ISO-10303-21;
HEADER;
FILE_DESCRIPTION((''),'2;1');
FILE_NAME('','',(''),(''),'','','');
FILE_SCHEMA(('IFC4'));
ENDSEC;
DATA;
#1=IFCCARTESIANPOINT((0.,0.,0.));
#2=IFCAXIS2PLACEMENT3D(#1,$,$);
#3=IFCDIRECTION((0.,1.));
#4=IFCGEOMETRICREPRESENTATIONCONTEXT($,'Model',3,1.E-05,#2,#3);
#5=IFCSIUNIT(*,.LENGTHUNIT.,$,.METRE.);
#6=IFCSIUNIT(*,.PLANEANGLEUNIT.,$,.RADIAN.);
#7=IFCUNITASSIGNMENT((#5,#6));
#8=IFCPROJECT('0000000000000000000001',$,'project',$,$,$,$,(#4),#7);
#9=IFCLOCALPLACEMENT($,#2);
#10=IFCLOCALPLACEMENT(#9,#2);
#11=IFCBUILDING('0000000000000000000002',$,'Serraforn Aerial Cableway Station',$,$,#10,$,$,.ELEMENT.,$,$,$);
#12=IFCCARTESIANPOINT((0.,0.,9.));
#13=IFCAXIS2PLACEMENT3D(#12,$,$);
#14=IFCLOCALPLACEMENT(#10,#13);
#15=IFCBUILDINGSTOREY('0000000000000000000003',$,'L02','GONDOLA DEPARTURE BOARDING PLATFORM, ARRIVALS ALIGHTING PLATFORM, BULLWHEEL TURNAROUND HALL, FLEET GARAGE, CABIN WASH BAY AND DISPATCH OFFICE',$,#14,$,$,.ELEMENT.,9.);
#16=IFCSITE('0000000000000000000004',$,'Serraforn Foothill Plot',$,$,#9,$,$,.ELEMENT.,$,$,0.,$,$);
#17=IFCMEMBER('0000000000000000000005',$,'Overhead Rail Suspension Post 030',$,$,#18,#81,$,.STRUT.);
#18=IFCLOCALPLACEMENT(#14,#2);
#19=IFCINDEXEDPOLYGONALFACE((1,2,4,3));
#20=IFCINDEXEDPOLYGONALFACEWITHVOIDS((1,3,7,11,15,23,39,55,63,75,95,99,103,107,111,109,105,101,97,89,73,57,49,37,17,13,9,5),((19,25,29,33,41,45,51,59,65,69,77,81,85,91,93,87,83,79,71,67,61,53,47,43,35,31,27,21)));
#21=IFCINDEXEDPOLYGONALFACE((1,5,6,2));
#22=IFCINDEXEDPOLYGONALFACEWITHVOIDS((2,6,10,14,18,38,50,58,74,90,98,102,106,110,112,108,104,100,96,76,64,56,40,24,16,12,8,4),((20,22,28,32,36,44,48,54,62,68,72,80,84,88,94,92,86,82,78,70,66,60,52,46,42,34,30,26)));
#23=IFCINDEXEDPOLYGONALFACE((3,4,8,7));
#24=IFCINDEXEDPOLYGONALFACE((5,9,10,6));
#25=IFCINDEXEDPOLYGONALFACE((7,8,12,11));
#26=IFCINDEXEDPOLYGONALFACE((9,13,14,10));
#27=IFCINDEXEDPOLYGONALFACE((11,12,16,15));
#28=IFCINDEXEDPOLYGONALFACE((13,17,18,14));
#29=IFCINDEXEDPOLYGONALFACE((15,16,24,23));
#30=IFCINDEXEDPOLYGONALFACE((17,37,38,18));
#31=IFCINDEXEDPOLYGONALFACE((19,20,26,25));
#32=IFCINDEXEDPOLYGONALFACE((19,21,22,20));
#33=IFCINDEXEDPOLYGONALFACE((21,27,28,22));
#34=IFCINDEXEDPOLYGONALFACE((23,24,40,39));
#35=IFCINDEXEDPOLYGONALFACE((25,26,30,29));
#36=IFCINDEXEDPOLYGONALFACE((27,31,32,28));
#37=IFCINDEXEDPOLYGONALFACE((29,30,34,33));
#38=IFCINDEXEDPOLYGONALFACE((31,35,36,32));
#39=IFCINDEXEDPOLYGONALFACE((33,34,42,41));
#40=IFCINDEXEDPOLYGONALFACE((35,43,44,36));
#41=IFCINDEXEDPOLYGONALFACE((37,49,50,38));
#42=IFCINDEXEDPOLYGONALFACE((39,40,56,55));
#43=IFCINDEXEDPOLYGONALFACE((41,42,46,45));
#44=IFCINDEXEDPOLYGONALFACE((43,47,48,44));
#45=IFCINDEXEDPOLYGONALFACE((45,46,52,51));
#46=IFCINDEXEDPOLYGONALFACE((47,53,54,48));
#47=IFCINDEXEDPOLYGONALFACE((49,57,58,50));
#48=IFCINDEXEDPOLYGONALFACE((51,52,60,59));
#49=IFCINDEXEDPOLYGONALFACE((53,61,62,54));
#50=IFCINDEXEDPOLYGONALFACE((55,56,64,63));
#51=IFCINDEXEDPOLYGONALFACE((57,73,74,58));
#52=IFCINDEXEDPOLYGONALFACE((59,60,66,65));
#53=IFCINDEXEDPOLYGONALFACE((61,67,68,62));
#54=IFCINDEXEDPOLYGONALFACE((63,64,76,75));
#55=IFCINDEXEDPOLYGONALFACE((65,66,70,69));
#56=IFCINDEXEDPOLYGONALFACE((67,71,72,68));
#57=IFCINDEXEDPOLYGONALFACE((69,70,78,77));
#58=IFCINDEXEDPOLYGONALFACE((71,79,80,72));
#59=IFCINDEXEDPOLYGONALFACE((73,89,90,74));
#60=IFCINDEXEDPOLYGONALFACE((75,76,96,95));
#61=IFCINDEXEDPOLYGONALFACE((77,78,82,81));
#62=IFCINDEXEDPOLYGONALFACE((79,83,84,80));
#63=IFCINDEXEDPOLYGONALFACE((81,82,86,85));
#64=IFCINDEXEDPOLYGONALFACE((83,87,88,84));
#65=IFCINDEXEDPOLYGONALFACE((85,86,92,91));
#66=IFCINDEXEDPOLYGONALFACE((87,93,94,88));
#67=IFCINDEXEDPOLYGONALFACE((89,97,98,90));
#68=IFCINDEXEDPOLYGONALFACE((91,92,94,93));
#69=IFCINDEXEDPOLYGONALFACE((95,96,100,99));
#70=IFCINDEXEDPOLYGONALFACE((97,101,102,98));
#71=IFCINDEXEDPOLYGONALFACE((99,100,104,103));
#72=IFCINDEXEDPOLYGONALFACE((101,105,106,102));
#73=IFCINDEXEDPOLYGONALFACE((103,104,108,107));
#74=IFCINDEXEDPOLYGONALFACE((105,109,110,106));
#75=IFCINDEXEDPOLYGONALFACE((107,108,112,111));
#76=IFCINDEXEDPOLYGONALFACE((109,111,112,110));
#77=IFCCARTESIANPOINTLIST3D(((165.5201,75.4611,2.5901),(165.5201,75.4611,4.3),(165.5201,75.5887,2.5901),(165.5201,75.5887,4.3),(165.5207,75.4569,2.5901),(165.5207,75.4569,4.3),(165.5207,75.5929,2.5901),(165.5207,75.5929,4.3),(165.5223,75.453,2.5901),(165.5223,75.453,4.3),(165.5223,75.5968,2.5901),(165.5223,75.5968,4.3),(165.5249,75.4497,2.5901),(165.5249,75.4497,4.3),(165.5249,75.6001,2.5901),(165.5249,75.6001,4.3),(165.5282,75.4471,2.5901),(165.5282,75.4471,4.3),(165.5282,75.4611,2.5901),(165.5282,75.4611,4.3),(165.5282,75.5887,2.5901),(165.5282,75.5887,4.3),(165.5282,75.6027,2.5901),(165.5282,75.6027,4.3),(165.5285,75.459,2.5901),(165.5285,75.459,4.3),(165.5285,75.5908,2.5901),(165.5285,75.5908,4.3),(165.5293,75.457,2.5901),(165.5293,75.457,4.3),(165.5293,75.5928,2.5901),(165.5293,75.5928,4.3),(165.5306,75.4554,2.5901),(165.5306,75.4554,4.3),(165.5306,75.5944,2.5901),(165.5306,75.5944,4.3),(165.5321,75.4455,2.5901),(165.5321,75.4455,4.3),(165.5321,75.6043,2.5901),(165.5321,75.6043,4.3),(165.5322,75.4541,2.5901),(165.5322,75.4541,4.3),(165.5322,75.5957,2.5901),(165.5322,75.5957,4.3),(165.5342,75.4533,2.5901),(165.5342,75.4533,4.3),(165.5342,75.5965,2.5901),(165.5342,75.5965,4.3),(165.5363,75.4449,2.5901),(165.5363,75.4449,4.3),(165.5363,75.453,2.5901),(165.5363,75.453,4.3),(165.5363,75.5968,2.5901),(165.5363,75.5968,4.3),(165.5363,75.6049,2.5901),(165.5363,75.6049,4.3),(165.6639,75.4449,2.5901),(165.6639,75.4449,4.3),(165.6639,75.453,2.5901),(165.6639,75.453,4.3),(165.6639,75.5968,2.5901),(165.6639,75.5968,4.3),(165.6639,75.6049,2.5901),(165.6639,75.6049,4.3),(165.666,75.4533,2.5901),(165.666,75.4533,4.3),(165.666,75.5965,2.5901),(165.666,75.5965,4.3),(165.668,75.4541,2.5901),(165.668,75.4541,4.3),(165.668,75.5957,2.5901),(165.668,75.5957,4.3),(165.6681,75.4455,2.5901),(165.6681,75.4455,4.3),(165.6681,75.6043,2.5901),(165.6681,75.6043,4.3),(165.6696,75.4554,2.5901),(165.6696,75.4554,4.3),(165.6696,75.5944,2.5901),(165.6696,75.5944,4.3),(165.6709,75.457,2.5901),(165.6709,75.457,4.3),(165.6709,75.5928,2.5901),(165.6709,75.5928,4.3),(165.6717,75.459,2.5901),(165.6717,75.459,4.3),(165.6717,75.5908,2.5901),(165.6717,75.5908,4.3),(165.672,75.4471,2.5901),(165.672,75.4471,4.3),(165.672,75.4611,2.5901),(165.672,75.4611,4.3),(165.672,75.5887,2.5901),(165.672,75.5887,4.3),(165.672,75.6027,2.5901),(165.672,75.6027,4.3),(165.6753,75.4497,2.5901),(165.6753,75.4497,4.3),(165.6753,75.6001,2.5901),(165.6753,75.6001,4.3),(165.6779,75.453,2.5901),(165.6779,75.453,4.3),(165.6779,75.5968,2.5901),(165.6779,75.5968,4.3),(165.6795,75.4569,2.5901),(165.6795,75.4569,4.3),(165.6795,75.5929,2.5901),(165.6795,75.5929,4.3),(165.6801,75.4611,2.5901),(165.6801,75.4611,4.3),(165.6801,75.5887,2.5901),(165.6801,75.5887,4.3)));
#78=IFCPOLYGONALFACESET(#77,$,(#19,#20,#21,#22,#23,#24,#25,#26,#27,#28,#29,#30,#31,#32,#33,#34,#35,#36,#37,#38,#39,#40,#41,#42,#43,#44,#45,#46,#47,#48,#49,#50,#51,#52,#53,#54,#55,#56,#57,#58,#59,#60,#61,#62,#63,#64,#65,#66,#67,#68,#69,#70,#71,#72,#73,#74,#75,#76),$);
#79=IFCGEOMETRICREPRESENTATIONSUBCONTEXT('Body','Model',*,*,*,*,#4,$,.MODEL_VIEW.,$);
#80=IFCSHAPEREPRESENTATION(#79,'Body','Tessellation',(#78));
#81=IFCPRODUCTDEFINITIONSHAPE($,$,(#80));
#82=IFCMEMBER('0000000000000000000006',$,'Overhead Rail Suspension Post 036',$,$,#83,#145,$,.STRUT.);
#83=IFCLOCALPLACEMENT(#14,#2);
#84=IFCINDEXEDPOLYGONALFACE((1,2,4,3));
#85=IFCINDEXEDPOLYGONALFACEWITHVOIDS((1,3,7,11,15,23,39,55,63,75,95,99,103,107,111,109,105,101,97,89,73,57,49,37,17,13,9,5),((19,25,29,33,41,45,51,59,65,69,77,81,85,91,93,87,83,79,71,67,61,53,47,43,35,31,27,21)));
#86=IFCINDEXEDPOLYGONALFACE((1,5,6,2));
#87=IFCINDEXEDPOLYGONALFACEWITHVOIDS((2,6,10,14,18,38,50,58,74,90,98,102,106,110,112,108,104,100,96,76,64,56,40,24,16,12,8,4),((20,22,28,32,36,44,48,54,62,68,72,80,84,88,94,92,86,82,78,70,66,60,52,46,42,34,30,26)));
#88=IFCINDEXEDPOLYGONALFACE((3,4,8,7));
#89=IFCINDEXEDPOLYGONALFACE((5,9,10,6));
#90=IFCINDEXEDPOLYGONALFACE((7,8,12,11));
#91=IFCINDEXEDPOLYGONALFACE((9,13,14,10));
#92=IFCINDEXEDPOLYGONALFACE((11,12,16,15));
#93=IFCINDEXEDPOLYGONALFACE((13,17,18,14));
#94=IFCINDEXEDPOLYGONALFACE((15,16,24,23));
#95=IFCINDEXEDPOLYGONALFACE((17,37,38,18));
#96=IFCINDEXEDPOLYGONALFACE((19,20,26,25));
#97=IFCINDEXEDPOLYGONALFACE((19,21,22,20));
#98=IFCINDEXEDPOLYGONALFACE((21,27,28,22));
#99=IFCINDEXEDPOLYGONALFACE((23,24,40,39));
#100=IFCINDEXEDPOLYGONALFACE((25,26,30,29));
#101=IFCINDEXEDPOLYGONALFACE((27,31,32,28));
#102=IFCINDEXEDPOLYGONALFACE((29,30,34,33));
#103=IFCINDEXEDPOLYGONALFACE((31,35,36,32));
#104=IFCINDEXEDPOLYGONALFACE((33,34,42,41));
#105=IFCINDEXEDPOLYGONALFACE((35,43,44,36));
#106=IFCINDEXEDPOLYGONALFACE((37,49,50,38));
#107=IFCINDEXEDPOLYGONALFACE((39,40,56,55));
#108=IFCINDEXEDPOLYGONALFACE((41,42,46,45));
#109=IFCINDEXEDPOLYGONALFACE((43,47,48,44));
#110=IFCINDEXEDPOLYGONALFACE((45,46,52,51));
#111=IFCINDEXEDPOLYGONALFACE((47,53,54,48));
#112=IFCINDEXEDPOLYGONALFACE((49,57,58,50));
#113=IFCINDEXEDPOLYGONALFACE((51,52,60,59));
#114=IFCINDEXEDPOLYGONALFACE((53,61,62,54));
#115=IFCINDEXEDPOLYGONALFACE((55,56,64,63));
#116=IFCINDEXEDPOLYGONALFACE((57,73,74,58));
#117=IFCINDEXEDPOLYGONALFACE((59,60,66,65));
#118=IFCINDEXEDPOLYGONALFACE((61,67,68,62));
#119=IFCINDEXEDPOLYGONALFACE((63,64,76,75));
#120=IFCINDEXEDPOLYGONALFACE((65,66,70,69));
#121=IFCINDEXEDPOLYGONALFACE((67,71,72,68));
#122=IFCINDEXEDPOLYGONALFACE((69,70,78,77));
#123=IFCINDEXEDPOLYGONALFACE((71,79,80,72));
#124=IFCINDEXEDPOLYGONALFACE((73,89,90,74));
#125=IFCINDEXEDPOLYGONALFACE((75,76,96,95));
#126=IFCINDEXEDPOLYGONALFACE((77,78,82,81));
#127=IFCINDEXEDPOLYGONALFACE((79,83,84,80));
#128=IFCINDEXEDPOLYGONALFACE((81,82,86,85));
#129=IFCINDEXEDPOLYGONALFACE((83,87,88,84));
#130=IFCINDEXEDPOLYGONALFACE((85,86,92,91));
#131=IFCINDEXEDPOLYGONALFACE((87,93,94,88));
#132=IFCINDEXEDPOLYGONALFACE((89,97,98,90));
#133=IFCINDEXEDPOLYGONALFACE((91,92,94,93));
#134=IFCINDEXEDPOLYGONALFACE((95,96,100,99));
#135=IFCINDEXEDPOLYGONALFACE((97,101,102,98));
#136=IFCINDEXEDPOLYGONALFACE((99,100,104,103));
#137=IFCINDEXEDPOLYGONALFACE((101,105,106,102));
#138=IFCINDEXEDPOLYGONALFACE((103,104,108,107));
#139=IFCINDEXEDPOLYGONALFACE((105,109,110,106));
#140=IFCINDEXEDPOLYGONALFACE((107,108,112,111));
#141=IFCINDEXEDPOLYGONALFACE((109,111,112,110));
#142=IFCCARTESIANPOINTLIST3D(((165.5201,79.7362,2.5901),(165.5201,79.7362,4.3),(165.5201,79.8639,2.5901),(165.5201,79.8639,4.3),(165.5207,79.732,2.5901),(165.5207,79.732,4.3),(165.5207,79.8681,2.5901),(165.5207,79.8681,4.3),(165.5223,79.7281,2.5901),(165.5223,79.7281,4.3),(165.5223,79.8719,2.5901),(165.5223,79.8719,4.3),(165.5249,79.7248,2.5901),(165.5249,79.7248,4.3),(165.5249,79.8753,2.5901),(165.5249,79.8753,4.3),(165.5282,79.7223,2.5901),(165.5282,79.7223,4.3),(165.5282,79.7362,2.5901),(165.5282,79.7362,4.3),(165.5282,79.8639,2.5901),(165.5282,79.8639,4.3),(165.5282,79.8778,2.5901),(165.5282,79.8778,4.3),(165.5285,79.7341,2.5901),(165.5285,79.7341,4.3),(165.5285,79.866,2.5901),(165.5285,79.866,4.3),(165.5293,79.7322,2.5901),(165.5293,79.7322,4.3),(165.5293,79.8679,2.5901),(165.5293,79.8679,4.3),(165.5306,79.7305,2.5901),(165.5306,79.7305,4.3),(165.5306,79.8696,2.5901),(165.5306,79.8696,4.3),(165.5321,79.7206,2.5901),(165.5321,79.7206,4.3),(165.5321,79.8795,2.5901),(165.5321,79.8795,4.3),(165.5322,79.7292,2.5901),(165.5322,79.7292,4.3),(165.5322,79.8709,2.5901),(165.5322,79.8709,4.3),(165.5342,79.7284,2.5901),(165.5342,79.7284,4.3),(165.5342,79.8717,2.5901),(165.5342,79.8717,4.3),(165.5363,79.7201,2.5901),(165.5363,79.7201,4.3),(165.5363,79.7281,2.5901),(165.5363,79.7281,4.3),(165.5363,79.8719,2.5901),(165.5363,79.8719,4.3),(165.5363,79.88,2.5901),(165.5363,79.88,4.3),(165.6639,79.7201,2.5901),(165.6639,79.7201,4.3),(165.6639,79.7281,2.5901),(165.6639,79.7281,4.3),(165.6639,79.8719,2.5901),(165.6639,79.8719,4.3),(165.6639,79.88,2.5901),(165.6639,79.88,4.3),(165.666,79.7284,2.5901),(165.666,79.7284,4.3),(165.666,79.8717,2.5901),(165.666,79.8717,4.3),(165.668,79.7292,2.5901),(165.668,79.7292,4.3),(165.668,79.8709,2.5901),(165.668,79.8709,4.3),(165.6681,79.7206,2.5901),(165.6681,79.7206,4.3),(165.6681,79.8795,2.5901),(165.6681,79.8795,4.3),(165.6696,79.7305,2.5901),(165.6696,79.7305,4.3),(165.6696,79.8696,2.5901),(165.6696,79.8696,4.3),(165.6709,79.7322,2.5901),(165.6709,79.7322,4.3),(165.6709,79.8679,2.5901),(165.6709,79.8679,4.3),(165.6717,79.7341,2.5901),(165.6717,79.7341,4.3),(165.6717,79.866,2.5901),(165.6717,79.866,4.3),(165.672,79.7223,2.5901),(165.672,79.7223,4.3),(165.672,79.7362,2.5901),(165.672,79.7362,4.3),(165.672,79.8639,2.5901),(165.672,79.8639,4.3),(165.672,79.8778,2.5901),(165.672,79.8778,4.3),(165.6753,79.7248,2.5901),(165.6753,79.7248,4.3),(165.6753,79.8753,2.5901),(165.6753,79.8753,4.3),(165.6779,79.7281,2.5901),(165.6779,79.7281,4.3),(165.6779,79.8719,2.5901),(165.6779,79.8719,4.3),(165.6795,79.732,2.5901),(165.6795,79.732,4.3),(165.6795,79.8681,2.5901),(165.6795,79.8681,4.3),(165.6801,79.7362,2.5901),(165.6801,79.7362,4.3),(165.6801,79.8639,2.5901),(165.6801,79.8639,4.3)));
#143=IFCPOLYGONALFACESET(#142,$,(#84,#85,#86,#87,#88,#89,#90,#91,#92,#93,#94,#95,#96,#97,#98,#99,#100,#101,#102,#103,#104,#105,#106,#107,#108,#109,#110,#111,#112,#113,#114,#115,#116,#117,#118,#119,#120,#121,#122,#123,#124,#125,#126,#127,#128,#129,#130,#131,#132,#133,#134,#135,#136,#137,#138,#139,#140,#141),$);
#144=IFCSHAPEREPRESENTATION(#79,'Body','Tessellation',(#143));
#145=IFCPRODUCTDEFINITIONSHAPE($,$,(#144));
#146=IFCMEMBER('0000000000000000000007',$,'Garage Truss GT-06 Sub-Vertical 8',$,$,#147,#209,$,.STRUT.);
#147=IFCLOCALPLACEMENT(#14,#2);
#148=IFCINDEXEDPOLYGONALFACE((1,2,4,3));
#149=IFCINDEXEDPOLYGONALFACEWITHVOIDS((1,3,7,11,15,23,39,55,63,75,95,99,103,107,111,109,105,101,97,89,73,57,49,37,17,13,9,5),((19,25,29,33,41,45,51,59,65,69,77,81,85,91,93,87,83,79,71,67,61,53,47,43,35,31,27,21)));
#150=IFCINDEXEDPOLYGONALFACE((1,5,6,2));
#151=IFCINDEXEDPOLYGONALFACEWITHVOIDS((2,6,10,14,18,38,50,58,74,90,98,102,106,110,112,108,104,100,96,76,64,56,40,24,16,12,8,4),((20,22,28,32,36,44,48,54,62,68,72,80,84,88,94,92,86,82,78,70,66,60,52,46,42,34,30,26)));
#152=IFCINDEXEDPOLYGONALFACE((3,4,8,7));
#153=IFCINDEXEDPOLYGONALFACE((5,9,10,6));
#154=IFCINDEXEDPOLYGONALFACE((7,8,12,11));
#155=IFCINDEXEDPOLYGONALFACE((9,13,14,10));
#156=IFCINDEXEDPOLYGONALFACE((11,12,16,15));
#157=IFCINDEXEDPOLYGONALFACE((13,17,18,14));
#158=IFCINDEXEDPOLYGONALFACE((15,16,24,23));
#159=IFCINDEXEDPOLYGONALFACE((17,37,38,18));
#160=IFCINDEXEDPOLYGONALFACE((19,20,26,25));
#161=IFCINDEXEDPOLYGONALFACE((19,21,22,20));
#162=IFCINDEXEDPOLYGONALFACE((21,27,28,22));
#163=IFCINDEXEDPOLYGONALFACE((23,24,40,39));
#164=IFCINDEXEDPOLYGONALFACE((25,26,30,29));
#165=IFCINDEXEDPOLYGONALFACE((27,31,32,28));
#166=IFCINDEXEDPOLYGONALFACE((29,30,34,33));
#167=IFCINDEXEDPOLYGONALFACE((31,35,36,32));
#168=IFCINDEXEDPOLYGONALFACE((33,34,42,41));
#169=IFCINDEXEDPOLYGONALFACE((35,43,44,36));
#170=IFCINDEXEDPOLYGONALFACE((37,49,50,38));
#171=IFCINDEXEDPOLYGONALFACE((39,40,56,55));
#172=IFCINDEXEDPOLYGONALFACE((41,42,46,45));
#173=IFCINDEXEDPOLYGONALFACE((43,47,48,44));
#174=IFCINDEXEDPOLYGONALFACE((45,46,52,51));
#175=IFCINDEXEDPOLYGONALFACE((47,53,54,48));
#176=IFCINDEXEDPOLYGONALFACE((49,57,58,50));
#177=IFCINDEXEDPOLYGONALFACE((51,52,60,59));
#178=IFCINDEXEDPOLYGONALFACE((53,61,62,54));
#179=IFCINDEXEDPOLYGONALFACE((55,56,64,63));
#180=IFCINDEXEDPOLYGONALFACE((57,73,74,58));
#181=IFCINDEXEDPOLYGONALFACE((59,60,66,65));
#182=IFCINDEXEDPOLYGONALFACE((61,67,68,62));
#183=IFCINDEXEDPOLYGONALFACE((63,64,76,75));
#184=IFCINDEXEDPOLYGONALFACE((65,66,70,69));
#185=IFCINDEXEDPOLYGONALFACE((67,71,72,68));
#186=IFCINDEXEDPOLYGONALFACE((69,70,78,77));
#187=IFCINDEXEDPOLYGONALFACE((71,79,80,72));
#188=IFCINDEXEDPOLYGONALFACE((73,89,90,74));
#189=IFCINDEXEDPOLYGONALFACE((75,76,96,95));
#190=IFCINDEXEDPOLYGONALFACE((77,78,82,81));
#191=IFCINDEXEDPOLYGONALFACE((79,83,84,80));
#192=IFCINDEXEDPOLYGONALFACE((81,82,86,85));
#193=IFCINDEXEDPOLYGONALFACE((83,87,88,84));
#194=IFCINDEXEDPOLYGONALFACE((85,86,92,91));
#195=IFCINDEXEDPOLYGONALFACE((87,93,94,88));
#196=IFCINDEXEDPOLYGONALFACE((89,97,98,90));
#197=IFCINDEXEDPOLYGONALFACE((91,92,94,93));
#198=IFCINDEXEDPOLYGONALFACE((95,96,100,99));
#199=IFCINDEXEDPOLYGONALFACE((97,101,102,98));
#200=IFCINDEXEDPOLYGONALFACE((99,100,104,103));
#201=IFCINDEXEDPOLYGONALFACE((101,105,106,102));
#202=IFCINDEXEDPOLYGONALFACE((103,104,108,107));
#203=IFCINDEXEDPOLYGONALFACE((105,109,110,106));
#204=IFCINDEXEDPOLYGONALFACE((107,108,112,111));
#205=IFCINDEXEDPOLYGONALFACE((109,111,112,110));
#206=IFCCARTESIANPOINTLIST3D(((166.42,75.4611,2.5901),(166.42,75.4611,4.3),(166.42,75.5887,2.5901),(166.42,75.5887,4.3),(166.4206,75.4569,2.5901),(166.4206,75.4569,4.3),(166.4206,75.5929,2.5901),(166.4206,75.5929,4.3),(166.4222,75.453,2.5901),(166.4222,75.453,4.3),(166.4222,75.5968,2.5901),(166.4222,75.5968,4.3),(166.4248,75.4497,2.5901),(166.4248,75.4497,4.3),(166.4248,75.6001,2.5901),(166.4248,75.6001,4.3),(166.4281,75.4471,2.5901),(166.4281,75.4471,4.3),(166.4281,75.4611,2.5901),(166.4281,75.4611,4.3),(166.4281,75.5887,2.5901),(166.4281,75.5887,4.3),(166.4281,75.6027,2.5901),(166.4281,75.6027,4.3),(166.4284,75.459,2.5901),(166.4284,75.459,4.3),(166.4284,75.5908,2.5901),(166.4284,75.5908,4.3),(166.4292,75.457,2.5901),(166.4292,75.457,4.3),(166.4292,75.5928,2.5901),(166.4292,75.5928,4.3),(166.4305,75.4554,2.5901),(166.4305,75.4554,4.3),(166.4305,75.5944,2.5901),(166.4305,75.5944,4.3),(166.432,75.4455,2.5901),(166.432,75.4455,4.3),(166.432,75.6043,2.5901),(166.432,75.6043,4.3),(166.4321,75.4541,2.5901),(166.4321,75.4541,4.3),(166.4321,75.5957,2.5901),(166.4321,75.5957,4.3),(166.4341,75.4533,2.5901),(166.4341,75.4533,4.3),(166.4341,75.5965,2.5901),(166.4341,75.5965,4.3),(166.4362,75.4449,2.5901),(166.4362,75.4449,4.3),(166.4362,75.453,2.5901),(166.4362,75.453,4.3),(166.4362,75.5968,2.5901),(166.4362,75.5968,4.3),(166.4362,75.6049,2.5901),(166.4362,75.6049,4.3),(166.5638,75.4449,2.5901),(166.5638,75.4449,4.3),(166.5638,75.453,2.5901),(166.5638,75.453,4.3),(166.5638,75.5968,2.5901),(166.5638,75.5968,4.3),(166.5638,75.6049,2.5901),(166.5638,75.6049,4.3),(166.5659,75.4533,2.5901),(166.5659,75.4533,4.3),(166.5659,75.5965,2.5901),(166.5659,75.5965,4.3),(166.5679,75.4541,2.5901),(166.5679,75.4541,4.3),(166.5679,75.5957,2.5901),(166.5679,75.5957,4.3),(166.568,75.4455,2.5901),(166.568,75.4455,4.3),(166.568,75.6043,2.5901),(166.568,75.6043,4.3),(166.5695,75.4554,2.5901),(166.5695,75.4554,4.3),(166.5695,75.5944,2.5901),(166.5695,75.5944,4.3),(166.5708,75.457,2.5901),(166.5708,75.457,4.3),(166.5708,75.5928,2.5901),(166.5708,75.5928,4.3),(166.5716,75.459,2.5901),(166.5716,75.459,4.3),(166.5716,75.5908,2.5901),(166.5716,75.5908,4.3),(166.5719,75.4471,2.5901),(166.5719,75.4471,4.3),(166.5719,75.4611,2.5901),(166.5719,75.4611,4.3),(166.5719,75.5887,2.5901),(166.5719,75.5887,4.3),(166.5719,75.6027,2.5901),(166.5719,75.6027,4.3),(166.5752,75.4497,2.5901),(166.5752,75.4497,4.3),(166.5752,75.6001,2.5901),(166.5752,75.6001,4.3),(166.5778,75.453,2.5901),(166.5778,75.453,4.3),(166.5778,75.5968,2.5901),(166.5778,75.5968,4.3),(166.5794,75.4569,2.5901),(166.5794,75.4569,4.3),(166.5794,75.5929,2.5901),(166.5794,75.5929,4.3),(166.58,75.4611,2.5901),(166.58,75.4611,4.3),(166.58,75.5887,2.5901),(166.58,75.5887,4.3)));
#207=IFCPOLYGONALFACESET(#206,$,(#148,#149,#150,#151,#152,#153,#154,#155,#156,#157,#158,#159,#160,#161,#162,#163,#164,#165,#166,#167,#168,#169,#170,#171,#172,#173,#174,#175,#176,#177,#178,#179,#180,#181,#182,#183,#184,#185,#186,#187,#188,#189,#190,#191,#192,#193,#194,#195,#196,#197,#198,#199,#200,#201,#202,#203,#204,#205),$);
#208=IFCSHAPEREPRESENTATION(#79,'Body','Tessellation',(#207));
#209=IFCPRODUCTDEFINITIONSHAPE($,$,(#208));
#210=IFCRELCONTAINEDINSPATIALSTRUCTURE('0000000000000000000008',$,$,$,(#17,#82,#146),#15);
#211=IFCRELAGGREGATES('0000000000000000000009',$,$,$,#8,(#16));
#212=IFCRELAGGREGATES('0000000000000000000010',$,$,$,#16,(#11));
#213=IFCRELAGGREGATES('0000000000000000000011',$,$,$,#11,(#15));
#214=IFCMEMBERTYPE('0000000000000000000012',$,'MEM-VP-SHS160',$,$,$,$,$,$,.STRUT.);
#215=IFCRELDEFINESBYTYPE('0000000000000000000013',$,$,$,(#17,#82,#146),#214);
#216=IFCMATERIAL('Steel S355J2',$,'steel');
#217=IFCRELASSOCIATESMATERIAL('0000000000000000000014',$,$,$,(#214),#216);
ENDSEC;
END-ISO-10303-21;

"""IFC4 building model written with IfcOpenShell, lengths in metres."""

from ifc_helpers import new_model, si_unit, direction, frame, origin, origin_2d, place, context, subcontext, project, spatial, hollow_rectangle, extrude, material, material_profile, profile_set, type_object, element, save


model = new_model("IFC4")

# Units and contexts
model_context = context("Model", 3, precision=1e-05, world=origin(), true_north=direction((0.0, 1.0)))
body_context = subcontext(model_context, "Body", "Model", "MODEL_VIEW")
ifc_project = project(units=[si_unit("LENGTHUNIT", "METRE"), si_unit("PLANEANGLEUNIT", "RADIAN")], contexts=[model_context])

# Site, building, storey
site_placement = place(None, origin())
site = spatial("IfcSite", under=ifc_project, at=site_placement, Name="Serraforn Foothill Plot", CompositionType="ELEMENT", RefElevation=0.0)
building_placement = place(site_placement, origin())
building = spatial("IfcBuilding", under=site, at=building_placement, Name="Serraforn Aerial Cableway Station", CompositionType="ELEMENT")
storey_placement = place(building_placement, frame((0.0, 0.0, 9.0)))
storey = spatial("IfcBuildingStorey", under=building, at=storey_placement, Name="L02", Description="GONDOLA DEPARTURE BOARDING PLATFORM, ARRIVALS ALIGHTING PLATFORM, BULLWHEEL TURNAROUND HALL, FLEET GARAGE, CABIN WASH BAY AND DISPATCH OFFICE", CompositionType="ELEMENT", Elevation=9.0)

# Members
ifc_material_1 = material(Name="Steel S355J2", Category="steel")
ifc_material_profile_1 = material_profile(ifc_material_1, hollow_rectangle(XDim=0.1599, YDim=0.1599, WallThickness=0.0081, InnerFilletRadius=0.0081, OuterFilletRadius=0.0161, at=origin_2d()), Name="SHS 160x160x8.0")
ifc_profile_set_1 = profile_set([ifc_material_profile_1], Name="Steel S355J2")
member_type_1 = type_object("IfcMemberType", Name="MEM-VP-SHS160", PredefinedType="STRUT", material=ifc_profile_set_1)
for number, where, z_axis, x_axis, name in (
    (1, (165.6001, 75.5249, 2.5901), (0.0, 0.0, 1.0), (1.0, 0.0, 0.0), "Overhead Rail Suspension Post 030"),
    (2, (165.6001, 79.8, 2.5901), (0.0, 0.0, 1.0), (1.0, 0.0, 0.0), "Overhead Rail Suspension Post 036"),
    (3, (166.5, 75.5249, 2.5901), (0.0, 0.0, 1.0), (1.0, 0.0, 0.0), "Garage Truss GT-06 Sub-Vertical 8"),
):
    element("IfcMember", number, at=place(storey_placement, frame(where, z_axis=z_axis, x_axis=x_axis)), inside=storey, type_object=member_type_1, Name=name, PredefinedType="STRUT", context=body_context, shape_type="SweptSolid", body=[
        extrude(hollow_rectangle(XDim=0.1599, YDim=0.1599, WallThickness=0.0081, InnerFilletRadius=0.0081, OuterFilletRadius=0.0161, at=origin_2d()), origin(), (0.0, 0.0, 1.0), 1.71),
    ])

save(model, "model.ifc")
